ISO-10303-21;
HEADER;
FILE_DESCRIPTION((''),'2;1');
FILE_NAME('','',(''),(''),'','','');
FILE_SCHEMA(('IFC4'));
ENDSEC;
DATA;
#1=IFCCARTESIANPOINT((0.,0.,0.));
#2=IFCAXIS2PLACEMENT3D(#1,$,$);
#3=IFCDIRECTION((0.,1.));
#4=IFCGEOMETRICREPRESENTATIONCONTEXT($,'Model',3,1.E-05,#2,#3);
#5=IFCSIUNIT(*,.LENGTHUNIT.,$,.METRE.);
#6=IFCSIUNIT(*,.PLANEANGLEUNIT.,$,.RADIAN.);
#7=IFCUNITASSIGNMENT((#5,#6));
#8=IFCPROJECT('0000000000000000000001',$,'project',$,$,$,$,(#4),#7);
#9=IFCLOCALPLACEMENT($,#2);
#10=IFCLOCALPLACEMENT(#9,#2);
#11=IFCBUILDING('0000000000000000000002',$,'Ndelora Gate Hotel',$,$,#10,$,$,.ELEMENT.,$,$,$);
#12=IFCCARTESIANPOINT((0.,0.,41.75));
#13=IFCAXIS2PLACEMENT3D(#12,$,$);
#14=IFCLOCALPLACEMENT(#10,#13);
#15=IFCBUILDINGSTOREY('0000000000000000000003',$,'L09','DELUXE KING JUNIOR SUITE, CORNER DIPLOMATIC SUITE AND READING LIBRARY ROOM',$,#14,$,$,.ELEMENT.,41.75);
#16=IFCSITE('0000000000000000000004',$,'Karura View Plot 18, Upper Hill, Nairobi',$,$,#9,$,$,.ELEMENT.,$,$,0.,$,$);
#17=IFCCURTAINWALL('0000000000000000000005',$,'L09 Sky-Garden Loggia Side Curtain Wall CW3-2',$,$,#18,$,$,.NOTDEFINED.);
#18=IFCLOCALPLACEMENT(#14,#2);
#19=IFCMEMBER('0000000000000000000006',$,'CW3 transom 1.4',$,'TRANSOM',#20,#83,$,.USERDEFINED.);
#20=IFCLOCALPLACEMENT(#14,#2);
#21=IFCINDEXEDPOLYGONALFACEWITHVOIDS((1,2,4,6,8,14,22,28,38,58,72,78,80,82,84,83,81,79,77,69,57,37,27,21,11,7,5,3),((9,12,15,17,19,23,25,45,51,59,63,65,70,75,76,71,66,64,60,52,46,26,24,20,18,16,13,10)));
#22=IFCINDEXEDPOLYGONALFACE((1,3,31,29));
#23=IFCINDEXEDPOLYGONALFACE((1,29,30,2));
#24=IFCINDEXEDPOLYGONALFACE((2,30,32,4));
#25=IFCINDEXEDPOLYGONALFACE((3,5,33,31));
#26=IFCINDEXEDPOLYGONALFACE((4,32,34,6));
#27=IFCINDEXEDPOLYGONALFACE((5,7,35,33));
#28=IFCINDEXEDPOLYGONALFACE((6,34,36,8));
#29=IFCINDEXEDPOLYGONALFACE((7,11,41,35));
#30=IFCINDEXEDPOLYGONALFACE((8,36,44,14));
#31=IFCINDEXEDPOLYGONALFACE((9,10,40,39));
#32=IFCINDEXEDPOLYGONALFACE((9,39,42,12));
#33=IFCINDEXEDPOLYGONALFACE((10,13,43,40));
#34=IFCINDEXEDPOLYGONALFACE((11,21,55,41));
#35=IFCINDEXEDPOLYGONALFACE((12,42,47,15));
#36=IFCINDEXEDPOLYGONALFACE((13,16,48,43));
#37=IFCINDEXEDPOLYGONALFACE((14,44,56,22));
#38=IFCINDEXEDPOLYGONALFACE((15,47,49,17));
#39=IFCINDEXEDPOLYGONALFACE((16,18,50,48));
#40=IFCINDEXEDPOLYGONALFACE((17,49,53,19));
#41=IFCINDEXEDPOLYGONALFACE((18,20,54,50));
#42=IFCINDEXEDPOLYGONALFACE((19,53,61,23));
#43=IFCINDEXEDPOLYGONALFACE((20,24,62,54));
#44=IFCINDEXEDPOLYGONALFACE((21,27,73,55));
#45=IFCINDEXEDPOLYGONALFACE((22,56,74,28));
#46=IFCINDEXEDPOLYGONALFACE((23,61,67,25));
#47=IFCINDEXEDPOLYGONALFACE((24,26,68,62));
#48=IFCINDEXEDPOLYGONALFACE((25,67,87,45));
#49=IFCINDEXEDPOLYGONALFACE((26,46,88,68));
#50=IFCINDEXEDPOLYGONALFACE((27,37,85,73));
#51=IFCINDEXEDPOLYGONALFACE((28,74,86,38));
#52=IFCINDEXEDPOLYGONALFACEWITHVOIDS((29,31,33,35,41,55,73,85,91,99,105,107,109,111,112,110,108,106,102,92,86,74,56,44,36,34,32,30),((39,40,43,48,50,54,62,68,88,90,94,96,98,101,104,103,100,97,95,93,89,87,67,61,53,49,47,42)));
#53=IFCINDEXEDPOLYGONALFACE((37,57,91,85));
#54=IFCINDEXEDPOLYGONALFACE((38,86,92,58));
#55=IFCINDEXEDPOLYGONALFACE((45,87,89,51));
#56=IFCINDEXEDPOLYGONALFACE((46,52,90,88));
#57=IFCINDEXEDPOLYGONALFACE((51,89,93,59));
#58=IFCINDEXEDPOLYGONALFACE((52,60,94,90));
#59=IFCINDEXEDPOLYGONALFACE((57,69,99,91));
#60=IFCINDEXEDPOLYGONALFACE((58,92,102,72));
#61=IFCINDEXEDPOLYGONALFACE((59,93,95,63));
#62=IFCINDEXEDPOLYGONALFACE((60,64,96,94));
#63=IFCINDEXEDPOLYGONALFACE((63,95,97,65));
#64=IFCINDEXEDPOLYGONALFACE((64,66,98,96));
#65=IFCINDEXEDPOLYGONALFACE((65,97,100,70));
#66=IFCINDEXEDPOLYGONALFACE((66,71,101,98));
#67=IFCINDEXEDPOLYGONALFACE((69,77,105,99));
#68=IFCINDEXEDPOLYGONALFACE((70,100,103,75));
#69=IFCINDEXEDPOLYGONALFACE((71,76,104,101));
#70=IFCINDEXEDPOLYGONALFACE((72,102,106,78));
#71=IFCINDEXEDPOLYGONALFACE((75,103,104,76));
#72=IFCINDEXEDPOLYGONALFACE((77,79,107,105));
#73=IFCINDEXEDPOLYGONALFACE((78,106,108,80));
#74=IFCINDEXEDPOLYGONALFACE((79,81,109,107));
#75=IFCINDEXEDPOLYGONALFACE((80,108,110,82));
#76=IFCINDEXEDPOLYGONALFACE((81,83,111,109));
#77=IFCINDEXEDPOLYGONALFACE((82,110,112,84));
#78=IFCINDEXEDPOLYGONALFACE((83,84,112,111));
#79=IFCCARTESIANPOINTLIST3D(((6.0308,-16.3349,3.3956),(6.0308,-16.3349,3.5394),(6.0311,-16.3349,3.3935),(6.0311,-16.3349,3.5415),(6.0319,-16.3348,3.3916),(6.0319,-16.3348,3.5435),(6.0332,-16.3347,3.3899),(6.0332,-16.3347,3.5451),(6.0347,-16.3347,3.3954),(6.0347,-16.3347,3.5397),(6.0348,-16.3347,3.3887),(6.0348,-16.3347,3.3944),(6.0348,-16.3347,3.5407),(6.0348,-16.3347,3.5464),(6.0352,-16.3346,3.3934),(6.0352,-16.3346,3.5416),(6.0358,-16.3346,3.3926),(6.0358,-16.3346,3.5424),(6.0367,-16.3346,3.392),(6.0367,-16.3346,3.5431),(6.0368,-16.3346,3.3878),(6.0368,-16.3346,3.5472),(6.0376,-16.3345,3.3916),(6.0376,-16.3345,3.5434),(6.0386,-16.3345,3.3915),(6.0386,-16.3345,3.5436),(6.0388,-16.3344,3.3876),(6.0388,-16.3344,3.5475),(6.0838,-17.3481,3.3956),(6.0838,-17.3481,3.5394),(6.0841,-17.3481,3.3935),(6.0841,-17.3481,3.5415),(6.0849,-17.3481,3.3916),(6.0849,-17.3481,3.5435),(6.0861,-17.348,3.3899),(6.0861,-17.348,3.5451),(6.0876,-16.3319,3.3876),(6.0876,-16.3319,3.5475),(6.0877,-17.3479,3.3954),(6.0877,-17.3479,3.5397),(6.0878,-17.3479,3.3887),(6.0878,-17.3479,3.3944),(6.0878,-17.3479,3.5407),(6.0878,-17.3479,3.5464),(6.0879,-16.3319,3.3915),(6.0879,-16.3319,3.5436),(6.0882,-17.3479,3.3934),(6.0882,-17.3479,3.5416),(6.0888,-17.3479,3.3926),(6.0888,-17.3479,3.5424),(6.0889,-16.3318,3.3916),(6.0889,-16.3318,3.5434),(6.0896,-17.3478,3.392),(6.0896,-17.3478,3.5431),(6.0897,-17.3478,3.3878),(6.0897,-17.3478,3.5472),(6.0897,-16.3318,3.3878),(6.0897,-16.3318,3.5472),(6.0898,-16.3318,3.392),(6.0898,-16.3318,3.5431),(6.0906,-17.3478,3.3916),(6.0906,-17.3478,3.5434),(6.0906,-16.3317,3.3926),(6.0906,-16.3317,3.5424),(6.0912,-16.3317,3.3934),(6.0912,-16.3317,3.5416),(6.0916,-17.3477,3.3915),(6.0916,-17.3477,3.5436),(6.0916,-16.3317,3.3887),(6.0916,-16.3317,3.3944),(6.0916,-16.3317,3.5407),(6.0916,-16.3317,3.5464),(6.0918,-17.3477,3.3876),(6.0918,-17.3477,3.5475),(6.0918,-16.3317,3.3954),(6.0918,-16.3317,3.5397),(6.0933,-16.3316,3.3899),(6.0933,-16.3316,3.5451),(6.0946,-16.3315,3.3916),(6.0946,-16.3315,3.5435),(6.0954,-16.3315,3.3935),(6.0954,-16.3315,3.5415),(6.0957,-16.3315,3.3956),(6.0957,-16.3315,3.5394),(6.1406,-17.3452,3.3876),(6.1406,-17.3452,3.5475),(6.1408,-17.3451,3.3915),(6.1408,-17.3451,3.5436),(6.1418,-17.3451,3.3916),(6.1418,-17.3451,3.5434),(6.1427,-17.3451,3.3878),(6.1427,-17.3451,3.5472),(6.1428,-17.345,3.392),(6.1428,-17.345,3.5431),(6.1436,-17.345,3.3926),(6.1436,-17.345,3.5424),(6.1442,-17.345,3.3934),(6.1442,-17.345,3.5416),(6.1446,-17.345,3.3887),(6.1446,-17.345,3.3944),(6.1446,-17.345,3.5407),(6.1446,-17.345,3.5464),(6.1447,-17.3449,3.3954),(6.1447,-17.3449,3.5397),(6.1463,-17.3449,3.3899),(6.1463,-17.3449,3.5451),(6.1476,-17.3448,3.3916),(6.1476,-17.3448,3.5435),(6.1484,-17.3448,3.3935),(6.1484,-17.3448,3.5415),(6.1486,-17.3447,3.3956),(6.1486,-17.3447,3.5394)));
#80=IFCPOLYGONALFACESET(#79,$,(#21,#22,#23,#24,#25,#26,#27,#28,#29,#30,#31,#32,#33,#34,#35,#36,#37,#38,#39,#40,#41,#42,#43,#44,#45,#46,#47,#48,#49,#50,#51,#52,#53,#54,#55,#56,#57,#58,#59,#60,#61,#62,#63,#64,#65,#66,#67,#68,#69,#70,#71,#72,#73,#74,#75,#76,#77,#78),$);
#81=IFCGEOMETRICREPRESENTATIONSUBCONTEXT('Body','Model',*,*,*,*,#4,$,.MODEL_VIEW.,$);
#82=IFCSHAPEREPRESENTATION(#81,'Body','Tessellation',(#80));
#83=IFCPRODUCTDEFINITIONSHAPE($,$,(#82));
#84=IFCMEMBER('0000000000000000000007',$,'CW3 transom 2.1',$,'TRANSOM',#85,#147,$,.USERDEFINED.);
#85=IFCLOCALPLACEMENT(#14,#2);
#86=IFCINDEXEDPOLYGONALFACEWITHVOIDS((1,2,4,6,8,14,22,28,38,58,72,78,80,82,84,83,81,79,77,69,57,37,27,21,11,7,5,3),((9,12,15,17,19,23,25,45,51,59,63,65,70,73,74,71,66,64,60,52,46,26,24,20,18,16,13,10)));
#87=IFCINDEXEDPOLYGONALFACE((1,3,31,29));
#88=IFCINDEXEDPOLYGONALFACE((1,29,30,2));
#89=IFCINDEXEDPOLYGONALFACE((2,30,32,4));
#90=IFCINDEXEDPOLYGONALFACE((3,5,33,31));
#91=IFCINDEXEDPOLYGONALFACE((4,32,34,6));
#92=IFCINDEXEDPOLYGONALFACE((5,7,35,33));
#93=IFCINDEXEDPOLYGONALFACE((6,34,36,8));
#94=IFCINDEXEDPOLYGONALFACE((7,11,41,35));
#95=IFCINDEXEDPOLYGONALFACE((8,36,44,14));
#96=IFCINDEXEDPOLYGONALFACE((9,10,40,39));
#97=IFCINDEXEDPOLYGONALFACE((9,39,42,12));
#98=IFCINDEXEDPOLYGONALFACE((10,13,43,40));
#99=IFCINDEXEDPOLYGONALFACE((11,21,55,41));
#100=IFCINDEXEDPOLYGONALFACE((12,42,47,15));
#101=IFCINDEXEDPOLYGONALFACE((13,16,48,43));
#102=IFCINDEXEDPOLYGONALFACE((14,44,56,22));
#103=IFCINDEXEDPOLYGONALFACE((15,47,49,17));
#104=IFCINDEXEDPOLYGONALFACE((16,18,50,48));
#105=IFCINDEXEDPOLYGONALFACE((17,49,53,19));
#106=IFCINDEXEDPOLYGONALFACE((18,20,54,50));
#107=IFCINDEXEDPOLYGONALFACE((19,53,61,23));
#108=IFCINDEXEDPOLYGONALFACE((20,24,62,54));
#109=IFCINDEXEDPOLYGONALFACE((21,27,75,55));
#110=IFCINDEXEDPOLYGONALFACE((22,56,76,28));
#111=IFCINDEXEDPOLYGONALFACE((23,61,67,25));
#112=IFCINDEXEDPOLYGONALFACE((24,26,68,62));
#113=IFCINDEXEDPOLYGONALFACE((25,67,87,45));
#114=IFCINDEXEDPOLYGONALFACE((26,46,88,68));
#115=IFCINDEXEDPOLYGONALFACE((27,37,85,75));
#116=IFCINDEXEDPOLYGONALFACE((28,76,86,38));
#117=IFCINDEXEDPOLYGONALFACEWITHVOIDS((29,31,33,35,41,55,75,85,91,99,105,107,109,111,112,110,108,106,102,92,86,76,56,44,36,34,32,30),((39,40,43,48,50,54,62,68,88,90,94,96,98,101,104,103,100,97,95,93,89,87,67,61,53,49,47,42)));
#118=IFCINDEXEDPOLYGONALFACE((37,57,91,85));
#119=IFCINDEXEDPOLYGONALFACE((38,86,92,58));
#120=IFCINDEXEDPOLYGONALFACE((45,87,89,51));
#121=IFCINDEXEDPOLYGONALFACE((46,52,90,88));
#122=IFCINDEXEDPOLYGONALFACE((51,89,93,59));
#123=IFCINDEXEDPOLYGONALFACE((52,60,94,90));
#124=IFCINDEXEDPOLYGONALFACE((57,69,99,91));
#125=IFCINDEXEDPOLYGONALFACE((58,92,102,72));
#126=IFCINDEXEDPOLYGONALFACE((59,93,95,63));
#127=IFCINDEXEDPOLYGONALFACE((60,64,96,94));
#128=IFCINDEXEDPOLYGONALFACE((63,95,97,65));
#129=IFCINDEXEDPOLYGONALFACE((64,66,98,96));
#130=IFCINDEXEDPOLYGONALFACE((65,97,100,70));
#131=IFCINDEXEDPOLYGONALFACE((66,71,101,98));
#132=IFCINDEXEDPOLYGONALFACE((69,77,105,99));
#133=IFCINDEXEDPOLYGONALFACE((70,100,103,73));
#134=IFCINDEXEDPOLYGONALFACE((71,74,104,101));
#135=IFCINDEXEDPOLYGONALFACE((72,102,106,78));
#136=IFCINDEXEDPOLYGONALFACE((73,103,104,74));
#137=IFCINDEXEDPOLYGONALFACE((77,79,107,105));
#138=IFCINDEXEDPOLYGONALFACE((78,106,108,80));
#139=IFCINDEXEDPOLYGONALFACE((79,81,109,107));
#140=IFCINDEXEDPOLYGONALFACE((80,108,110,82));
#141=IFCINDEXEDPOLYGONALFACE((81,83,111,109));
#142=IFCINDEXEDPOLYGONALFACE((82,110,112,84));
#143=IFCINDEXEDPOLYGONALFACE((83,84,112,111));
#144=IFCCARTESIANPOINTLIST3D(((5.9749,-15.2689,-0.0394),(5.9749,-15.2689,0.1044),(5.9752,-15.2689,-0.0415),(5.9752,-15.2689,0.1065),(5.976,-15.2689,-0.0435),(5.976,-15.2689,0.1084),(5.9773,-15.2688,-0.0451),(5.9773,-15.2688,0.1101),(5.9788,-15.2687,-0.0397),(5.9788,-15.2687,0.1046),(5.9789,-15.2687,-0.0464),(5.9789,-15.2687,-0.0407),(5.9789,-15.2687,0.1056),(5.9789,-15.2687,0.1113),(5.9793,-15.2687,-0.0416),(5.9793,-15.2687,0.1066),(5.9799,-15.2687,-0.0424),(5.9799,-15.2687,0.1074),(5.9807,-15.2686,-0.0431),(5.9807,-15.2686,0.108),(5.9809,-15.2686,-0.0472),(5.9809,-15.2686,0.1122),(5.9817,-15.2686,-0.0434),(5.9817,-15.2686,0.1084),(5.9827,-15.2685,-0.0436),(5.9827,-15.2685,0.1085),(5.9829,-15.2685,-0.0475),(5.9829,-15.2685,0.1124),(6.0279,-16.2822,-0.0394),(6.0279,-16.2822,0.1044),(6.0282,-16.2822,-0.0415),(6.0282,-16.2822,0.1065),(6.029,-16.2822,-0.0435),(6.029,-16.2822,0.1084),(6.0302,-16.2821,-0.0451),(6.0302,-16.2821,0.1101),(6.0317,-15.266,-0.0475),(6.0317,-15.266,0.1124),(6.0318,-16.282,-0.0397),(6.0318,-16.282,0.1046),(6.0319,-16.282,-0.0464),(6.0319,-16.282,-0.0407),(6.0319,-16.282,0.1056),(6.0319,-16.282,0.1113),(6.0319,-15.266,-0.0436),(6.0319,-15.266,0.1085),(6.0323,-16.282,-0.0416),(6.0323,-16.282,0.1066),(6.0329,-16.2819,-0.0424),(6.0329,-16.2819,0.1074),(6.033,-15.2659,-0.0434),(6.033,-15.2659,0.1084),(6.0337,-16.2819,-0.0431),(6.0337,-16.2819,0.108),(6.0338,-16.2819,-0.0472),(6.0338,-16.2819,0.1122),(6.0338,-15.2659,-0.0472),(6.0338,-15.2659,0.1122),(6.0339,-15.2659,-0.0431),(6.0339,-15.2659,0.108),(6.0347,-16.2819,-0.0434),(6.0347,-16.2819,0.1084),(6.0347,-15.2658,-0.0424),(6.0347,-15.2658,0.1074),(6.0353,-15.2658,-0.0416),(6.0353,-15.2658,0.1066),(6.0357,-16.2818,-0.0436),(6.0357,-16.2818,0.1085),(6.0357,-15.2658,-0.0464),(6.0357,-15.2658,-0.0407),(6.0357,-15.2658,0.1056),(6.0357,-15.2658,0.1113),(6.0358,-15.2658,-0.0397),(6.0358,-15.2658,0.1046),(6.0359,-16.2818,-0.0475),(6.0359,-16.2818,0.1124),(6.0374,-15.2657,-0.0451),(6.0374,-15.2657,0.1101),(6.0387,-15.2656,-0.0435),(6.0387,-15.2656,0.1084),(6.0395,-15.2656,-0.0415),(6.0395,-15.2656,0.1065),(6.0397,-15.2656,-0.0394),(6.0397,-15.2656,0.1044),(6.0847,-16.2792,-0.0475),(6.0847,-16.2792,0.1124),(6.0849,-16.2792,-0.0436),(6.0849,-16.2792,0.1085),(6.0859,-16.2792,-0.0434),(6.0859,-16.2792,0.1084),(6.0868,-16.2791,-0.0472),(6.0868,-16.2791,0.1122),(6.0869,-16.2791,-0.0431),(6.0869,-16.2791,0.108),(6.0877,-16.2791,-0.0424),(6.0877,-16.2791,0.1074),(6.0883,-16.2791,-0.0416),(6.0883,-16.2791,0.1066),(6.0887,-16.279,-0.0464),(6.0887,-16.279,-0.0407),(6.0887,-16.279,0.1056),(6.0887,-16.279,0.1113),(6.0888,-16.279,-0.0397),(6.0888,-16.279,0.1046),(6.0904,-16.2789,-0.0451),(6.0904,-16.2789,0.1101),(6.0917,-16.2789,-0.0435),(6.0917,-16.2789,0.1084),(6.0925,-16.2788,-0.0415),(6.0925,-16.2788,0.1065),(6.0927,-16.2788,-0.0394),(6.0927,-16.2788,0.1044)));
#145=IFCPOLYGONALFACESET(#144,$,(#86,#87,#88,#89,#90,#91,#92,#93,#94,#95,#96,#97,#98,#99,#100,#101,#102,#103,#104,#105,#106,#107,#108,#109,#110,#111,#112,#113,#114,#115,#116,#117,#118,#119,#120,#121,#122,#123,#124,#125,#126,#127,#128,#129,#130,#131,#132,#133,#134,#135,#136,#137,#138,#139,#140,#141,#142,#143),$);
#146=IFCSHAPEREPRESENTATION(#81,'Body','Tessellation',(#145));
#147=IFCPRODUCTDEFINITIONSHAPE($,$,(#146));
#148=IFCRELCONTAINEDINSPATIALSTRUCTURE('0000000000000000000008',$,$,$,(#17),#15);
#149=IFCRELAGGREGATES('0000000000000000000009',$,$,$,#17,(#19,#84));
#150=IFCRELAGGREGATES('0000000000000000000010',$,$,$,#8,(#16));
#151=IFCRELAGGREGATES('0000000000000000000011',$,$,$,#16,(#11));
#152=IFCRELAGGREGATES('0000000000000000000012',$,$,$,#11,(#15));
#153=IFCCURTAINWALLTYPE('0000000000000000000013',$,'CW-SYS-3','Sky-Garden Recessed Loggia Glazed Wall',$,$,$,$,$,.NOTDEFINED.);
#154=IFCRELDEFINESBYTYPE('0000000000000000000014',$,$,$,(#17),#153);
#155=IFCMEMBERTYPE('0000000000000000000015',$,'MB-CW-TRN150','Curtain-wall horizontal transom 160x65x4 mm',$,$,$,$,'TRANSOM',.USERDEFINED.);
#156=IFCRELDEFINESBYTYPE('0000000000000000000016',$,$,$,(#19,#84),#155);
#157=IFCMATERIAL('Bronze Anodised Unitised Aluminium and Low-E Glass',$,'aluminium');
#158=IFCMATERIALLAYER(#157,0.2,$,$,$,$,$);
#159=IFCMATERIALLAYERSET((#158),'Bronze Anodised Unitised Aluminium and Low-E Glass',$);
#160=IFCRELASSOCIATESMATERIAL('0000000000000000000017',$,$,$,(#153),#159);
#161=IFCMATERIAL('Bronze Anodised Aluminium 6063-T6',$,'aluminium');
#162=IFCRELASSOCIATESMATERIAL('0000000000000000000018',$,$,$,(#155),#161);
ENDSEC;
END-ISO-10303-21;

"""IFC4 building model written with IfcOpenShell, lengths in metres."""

from ifc_helpers import new_model, si_unit, direction, frame, origin, origin_2d, place, context, subcontext, project, spatial, hollow_rectangle, extrude, material, layer, layer_set, material_profile, profile_set, type_object, element, aggregate, save


model = new_model("IFC4")

# Units and contexts
model_context = context("Model", 3, precision=1e-05, world=origin(), true_north=direction((0.0, 1.0)))
body_context = subcontext(model_context, "Body", "Model", "MODEL_VIEW")
ifc_project = project(units=[si_unit("LENGTHUNIT", "METRE"), si_unit("PLANEANGLEUNIT", "RADIAN")], contexts=[model_context])

# Site, building, storey
site_placement = place(None, origin())
site = spatial("IfcSite", under=ifc_project, at=site_placement, Name="Karura View Plot 18, Upper Hill, Nairobi", CompositionType="ELEMENT", RefElevation=0.0)
building_placement = place(site_placement, origin())
building = spatial("IfcBuilding", under=site, at=building_placement, Name="Ndelora Gate Hotel", CompositionType="ELEMENT")
storey_placement = place(building_placement, frame((0.0, 0.0, 41.75)))
storey = spatial("IfcBuildingStorey", under=building, at=storey_placement, Name="L09", Description="DELUXE KING JUNIOR SUITE, CORNER DIPLOMATIC SUITE AND READING LIBRARY ROOM", CompositionType="ELEMENT", Elevation=41.75)

# Curtain wall, members
ifc_material_1 = material(Name="Bronze Anodised Unitised Aluminium and Low-E Glass", Category="aluminium")
ifc_layer_1 = layer(ifc_material_1, 0.2)
ifc_layer_set_1 = layer_set([ifc_layer_1], Name="Bronze Anodised Unitised Aluminium and Low-E Glass")
curtain_wall_type = type_object("IfcCurtainWallType", Name="CW-SYS-3", Description="Sky-Garden Recessed Loggia Glazed Wall", PredefinedType="NOTDEFINED", material=ifc_layer_set_1)
curtain_wall_placement = place(storey_placement, origin())
curtain_wall = element("IfcCurtainWall", 1, at=curtain_wall_placement, inside=storey, type_object=curtain_wall_type, Name="L09 Sky-Garden Loggia Side Curtain Wall CW3-2", PredefinedType="NOTDEFINED")
ifc_material_2 = material(Name="Bronze Anodised Aluminium 6063-T6", Category="aluminium")
ifc_material_profile_1 = material_profile(ifc_material_2, hollow_rectangle(XDim=0.0649, YDim=0.1599, WallThickness=0.0039, InnerFilletRadius=0.0039, OuterFilletRadius=0.0081, at=origin_2d()), Name="ALU 160x65x4")
ifc_profile_set_1 = profile_set([ifc_material_profile_1], Name="Bronze Anodised Aluminium 6063-T6")
member_type_1 = type_object("IfcMemberType", Name="MB-CW-TRN150", Description="Curtain-wall horizontal transom 160x65x4 mm", ElementType="TRANSOM", PredefinedType="USERDEFINED", material=ifc_profile_set_1)
member_1_placement = place(storey_placement, frame((6.1162, -17.3464, 3.4675), z_axis=(-0.052218, 0.998636, 0.0), x_axis=(-0.998636, -0.052218, 0.0)))
member_1 = element("IfcMember", 2, at=member_1_placement, type_object=member_type_1, Name="CW3 transom 1.4", ObjectType="TRANSOM", PredefinedType="USERDEFINED", context=body_context, shape_type="SweptSolid", body=[
    extrude(hollow_rectangle(XDim=0.0649, YDim=0.1599, WallThickness=0.0039, InnerFilletRadius=0.0039, OuterFilletRadius=0.0081, at=origin_2d()), origin(), (0.0, 0.0, 1.0), 1.0146),
])
member_2_placement = place(storey_placement, frame((6.0603, -16.2805, 0.0325), z_axis=(-0.052218, 0.998636, 0.0), x_axis=(-0.998636, -0.052218, 0.0)))
member_2 = element("IfcMember", 3, at=member_2_placement, type_object=member_type_1, Name="CW3 transom 2.1", ObjectType="TRANSOM", PredefinedType="USERDEFINED", context=body_context, shape_type="SweptSolid", body=[
    extrude(hollow_rectangle(XDim=0.0649, YDim=0.1599, WallThickness=0.0039, InnerFilletRadius=0.0039, OuterFilletRadius=0.0081, at=origin_2d()), origin(), (0.0, 0.0, 1.0), 1.0146),
])
aggregate(curtain_wall, [member_1, member_2])

save(model, "model.ifc")
